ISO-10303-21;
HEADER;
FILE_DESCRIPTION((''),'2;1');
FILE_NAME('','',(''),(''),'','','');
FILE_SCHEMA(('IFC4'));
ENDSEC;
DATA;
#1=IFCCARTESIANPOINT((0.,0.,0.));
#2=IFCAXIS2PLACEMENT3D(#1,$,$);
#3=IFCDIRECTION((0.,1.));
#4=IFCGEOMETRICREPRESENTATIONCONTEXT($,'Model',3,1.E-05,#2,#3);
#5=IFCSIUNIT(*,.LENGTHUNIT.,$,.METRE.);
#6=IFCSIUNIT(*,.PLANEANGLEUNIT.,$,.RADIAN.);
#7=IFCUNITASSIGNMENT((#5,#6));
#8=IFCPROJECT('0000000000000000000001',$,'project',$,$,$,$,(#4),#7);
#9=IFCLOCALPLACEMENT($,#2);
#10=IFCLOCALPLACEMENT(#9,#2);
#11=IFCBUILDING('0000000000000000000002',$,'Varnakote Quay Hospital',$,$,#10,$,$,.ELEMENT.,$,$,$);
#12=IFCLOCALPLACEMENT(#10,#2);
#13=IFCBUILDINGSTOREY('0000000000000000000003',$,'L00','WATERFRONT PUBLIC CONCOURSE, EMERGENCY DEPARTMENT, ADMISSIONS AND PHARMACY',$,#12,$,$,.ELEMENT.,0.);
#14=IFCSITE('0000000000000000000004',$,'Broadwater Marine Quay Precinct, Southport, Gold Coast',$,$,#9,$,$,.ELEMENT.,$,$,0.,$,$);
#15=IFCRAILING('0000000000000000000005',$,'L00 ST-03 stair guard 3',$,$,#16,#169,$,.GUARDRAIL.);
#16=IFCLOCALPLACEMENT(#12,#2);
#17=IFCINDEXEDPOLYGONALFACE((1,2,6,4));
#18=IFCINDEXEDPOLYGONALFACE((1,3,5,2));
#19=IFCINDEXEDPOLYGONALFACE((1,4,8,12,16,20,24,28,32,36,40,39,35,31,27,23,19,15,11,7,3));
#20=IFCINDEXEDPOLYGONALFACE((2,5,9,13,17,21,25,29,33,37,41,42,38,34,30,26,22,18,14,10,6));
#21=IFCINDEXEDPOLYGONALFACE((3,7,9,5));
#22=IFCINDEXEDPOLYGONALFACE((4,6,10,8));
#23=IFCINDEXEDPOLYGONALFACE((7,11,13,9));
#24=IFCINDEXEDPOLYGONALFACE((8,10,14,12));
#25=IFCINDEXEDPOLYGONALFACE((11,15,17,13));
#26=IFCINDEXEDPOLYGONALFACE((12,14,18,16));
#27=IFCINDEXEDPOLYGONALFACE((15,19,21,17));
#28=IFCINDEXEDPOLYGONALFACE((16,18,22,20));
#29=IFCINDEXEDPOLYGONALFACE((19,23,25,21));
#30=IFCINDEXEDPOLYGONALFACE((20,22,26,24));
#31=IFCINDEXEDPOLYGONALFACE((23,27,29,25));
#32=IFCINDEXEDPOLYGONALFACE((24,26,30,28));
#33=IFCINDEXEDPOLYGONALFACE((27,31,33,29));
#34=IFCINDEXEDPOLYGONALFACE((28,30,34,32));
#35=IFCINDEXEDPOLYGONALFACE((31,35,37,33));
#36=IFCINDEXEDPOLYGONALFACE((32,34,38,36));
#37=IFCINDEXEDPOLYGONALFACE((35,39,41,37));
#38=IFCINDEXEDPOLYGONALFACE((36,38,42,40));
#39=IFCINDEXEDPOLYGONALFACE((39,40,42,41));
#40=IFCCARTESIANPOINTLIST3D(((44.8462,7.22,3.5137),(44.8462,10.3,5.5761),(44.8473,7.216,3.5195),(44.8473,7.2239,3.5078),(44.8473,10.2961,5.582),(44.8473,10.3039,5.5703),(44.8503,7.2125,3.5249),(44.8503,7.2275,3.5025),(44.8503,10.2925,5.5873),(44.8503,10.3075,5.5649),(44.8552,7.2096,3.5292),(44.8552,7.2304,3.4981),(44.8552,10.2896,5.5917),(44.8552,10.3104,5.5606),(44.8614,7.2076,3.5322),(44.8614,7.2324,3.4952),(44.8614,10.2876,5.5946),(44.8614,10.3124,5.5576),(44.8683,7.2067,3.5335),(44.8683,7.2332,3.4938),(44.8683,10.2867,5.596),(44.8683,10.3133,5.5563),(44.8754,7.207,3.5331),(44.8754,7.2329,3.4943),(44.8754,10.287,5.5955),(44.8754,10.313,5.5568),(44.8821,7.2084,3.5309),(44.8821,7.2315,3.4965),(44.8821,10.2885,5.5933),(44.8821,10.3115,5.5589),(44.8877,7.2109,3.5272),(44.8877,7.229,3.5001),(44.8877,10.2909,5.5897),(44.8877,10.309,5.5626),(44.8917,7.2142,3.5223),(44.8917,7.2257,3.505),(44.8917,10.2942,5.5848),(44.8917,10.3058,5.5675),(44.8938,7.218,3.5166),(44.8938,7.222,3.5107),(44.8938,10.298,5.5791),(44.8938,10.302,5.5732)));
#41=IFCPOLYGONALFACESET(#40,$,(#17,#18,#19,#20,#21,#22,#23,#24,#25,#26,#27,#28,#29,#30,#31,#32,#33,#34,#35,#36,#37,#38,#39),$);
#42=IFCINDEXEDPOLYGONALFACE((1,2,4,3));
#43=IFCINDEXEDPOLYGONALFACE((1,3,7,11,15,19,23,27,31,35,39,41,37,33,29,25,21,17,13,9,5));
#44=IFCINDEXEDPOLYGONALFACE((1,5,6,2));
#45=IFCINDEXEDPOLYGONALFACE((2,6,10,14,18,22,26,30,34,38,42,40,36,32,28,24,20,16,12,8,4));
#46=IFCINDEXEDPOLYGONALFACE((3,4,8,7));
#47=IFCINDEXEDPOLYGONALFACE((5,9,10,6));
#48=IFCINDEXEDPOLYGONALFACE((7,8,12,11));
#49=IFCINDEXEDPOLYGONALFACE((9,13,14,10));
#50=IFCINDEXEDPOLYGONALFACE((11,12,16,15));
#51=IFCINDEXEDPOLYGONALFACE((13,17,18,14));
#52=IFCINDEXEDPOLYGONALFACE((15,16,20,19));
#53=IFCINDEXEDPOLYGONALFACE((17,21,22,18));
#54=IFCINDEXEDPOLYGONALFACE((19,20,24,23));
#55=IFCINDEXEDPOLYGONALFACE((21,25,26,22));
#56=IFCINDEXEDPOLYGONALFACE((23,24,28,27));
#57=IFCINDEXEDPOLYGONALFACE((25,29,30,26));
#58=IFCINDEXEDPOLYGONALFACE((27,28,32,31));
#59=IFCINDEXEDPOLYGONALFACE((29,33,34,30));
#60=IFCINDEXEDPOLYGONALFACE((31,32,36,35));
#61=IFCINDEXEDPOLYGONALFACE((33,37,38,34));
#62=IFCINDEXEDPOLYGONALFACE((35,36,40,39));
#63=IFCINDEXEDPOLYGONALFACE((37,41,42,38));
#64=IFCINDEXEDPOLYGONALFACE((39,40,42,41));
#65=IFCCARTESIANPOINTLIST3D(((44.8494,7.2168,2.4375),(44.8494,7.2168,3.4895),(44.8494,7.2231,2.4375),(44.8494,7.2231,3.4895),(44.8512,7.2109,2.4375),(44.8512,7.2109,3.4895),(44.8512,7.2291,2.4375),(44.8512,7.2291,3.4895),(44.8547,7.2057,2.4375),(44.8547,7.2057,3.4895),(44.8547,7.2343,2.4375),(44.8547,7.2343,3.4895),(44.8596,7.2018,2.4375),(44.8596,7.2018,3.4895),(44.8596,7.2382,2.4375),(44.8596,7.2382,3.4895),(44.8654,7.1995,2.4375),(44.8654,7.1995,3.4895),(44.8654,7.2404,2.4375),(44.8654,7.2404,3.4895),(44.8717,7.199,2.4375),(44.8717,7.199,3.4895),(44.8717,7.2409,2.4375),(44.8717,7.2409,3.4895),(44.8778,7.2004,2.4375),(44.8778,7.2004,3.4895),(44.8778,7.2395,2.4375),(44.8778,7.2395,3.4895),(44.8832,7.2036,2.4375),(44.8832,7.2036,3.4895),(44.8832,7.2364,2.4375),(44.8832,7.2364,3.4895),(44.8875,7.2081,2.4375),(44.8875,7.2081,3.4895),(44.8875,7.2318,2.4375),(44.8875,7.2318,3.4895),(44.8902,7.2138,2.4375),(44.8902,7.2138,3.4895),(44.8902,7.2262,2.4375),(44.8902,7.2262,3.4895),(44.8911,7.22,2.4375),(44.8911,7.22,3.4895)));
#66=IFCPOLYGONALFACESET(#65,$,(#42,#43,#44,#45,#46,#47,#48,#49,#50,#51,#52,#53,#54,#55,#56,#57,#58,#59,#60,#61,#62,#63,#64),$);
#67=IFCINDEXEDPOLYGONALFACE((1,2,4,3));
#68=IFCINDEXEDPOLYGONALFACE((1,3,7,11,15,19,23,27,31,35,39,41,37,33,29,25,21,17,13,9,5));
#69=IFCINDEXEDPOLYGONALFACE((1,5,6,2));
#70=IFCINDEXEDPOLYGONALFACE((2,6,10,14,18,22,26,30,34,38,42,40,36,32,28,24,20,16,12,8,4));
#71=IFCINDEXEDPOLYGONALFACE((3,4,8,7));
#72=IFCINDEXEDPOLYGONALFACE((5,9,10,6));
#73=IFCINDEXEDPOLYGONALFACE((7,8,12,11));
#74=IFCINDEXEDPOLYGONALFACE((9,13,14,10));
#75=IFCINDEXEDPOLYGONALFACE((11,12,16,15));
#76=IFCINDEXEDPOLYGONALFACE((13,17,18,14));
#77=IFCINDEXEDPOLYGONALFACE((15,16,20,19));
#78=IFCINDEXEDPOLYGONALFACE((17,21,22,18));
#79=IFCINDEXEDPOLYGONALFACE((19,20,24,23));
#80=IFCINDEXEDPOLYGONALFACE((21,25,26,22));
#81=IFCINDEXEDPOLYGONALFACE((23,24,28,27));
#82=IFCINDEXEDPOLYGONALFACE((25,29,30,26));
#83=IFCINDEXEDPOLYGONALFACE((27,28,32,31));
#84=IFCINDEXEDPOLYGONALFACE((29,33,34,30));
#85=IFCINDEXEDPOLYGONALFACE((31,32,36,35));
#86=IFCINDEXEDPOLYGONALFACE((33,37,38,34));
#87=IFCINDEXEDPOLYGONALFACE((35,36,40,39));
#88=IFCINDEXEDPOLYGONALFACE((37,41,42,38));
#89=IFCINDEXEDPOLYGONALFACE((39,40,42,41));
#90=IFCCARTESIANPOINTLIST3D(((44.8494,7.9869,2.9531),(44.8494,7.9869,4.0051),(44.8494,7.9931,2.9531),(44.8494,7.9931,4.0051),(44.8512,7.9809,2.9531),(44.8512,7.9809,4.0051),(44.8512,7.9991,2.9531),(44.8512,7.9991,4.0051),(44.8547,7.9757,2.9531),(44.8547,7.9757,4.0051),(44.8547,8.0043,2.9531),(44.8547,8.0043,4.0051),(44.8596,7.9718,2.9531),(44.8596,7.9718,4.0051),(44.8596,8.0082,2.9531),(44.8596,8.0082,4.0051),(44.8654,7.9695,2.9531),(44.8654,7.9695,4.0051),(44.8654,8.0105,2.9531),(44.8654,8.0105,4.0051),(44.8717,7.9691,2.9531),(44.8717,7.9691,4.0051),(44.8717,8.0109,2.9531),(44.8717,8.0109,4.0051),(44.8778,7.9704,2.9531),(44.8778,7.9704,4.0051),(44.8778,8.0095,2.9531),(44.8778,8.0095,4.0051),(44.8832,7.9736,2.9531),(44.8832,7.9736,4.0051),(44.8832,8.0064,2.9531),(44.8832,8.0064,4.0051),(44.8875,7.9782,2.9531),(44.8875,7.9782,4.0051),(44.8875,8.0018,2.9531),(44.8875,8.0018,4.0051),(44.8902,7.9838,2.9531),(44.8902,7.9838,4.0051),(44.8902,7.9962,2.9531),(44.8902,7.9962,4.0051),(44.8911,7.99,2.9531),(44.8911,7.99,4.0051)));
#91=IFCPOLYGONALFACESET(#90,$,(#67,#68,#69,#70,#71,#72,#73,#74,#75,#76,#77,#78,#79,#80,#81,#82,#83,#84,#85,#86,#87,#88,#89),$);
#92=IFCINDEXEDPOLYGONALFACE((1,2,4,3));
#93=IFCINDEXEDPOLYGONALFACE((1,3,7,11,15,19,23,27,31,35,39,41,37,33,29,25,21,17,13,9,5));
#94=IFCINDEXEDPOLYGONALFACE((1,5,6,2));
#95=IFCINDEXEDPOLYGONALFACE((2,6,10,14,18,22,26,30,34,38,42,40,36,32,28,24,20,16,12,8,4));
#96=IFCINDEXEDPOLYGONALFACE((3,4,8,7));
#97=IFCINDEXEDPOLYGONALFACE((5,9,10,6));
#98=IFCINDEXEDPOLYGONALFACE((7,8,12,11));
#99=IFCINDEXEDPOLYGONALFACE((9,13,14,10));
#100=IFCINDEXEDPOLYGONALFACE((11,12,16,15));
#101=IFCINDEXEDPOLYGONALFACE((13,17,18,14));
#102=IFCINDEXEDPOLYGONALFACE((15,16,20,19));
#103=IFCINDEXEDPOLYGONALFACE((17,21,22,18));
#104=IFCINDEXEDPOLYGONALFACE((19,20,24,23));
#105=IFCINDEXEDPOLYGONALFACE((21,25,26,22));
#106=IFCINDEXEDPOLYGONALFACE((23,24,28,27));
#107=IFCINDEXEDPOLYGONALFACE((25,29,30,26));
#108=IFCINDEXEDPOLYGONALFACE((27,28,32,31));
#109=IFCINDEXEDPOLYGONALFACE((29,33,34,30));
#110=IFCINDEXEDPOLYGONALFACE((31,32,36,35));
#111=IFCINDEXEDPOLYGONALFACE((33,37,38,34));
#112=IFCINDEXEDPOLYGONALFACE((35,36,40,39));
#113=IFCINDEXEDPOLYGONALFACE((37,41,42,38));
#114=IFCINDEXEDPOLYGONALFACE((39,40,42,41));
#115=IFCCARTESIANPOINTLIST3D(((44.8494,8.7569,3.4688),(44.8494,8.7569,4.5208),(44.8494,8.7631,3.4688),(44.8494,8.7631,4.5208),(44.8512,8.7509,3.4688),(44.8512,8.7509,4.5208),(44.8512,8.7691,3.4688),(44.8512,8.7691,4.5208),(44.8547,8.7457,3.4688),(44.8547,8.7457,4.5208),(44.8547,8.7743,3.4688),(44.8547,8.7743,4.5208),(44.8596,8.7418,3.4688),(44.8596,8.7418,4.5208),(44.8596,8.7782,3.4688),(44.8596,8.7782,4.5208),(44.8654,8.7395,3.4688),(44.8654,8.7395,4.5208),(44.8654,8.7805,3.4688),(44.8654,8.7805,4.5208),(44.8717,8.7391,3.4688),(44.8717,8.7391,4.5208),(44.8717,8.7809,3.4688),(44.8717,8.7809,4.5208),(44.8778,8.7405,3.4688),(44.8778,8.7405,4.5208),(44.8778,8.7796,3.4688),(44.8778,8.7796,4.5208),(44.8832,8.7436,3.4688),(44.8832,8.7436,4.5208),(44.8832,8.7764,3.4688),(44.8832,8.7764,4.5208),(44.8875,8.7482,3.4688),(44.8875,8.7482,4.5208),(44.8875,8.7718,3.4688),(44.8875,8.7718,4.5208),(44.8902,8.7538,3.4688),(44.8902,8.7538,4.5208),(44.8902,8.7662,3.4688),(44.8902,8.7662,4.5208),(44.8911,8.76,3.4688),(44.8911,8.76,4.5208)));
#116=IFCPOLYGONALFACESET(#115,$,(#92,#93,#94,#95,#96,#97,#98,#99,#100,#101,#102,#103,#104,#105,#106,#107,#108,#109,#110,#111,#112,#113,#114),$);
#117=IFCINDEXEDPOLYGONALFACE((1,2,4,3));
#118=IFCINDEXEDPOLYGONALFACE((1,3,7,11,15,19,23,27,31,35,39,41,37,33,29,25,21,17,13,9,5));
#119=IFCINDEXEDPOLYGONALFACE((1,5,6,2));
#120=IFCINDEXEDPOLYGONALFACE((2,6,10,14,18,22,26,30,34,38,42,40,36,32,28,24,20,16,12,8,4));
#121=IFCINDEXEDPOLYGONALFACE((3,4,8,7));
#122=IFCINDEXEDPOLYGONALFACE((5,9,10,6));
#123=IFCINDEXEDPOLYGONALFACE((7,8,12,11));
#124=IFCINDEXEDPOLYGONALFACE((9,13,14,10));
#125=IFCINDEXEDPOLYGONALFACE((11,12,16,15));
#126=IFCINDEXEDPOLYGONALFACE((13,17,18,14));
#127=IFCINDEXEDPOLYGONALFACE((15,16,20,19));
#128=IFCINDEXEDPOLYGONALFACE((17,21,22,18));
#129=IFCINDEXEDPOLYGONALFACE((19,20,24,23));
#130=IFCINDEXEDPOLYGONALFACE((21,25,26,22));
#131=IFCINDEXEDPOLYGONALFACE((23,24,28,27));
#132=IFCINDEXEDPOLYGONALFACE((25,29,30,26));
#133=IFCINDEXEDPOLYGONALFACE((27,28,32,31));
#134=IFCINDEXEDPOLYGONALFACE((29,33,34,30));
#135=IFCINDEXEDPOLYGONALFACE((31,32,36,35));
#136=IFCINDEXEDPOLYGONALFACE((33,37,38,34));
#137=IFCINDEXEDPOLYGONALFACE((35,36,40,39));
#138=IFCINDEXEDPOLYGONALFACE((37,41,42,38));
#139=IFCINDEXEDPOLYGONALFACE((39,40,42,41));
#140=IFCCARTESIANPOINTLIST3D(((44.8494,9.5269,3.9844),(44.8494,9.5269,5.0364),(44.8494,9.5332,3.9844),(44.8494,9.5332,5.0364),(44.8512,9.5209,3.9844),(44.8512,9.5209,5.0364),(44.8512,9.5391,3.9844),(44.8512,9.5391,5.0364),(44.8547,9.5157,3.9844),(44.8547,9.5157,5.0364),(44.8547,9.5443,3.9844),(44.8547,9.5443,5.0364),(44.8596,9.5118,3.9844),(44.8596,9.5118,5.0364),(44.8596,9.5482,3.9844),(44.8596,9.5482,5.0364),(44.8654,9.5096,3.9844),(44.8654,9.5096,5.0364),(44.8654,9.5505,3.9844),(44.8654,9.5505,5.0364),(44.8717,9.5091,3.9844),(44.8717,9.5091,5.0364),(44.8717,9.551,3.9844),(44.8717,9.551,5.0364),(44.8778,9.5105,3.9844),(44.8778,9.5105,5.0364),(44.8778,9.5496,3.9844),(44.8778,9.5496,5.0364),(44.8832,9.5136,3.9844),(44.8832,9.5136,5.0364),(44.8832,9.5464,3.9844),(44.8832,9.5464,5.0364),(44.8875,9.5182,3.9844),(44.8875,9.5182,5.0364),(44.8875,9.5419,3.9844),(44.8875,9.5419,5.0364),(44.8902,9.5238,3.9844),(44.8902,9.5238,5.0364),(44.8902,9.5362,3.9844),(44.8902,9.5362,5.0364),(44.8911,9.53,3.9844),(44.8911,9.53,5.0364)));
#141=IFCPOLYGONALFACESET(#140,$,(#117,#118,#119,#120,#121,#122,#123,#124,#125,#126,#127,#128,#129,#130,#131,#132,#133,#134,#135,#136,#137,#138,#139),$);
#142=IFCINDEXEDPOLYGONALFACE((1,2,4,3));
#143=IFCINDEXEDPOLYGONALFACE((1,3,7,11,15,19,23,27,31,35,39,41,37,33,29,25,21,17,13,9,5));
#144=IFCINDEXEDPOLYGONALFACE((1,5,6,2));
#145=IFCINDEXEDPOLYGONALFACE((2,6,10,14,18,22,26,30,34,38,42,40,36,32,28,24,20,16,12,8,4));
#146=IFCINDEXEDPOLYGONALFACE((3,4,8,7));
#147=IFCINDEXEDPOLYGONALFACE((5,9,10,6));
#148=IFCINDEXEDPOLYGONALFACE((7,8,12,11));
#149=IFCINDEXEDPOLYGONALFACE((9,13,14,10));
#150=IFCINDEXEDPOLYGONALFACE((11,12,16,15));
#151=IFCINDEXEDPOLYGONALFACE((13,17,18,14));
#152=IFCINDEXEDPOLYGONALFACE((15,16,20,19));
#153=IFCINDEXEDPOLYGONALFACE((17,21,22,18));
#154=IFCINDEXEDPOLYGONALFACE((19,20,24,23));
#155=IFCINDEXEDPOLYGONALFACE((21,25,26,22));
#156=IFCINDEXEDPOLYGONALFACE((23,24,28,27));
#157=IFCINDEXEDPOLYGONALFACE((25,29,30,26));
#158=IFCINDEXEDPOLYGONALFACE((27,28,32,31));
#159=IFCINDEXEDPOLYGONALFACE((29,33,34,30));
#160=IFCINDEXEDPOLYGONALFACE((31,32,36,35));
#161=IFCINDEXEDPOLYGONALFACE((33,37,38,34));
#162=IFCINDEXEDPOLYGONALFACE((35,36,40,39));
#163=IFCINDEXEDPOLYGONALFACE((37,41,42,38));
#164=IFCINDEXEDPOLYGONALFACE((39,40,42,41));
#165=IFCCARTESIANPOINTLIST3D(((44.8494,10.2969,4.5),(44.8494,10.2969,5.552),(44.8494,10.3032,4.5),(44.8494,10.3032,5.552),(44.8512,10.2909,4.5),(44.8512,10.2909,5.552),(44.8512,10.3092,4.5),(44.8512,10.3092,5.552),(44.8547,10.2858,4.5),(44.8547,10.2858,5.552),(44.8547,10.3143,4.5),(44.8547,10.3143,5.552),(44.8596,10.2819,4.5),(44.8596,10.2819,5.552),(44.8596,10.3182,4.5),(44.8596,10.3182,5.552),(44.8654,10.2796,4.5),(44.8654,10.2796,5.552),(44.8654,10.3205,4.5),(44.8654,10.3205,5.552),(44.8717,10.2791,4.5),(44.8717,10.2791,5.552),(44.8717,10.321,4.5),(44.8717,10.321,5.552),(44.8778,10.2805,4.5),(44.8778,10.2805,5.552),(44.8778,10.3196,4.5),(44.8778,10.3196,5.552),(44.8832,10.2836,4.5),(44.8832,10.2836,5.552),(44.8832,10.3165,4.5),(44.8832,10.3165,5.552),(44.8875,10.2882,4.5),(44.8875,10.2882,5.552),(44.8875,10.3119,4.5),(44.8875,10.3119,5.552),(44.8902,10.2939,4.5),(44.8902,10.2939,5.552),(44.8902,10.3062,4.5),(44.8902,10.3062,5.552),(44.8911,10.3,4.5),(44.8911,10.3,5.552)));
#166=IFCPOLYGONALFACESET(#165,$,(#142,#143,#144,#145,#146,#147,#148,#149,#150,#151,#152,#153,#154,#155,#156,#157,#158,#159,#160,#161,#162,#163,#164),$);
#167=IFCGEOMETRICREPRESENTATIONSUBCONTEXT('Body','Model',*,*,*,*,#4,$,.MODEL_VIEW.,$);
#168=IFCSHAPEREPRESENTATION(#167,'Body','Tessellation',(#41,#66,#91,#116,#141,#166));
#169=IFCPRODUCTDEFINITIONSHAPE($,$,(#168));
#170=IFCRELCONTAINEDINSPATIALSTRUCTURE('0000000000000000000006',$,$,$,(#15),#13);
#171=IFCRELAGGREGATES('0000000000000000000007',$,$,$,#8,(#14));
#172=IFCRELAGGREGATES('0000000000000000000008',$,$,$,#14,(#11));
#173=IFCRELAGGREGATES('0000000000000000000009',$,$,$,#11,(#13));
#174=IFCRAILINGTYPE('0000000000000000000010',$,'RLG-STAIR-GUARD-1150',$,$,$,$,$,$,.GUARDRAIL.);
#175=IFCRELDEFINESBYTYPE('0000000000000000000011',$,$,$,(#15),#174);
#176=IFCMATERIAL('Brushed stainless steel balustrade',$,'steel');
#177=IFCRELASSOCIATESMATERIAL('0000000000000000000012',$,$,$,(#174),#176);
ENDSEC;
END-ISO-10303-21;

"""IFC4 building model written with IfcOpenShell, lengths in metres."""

from ifc_helpers import new_model, si_unit, direction, frame, origin, origin_2d, place, context, subcontext, project, spatial, circle, extrude, material, type_object, element, save


model = new_model("IFC4")

# Units and contexts
model_context = context("Model", 3, precision=1e-05, world=origin(), true_north=direction((0.0, 1.0)))
body_context = subcontext(model_context, "Body", "Model", "MODEL_VIEW")
ifc_project = project(units=[si_unit("LENGTHUNIT", "METRE"), si_unit("PLANEANGLEUNIT", "RADIAN")], contexts=[model_context])

# Site, building, storey
site_placement = place(None, origin())
site = spatial("IfcSite", under=ifc_project, at=site_placement, Name="Broadwater Marine Quay Precinct, Southport, Gold Coast", CompositionType="ELEMENT", RefElevation=0.0)
building_placement = place(site_placement, origin())
building = spatial("IfcBuilding", under=site, at=building_placement, Name="Varnakote Quay Hospital", CompositionType="ELEMENT")
storey_placement = place(building_placement, origin())
storey = spatial("IfcBuildingStorey", under=building, at=storey_placement, Name="L00", Description="WATERFRONT PUBLIC CONCOURSE, EMERGENCY DEPARTMENT, ADMISSIONS AND PHARMACY", CompositionType="ELEMENT", Elevation=0.0)

# Railing
ifc_material_1 = material(Name="Brushed stainless steel balustrade", Category="steel")
railing_type_1 = type_object("IfcRailingType", Name="RLG-STAIR-GUARD-1150", PredefinedType="GUARDRAIL", material=ifc_material_1)
railing_1_placement = place(storey_placement, frame((44.8701, 7.22, 2.4375)))
element("IfcRailing", 1, at=railing_1_placement, inside=storey, type_object=railing_type_1, Name="L00 ST-03 stair guard 3", PredefinedType="GUARDRAIL", context=body_context, shape_type="SweptSolid", body=[
    extrude(circle(Radius=0.0239, at=origin_2d()), frame((0.0, 0.0, 1.0762), z_axis=(0.0, 0.830914, 0.556401), x_axis=(-1.0, 0.0, 0.0)), (0.0, 0.0, 1.0), 3.7068),
    extrude(circle(Radius=0.021, at=origin_2d()), origin(), (0.0, 0.0, 1.0), 1.052),
    extrude(circle(Radius=0.021, at=origin_2d()), frame((0.0, 0.77, 0.5156)), (0.0, 0.0, 1.0), 1.052),
    extrude(circle(Radius=0.021, at=origin_2d()), frame((0.0, 1.54, 1.0312)), (0.0, 0.0, 1.0), 1.052),
    extrude(circle(Radius=0.021, at=origin_2d()), frame((0.0, 2.3101, 1.5469)), (0.0, 0.0, 1.0), 1.052),
    extrude(circle(Radius=0.021, at=origin_2d()), frame((0.0, 3.0801, 2.0625)), (0.0, 0.0, 1.0), 1.052),
])

save(model, "model.ifc")
